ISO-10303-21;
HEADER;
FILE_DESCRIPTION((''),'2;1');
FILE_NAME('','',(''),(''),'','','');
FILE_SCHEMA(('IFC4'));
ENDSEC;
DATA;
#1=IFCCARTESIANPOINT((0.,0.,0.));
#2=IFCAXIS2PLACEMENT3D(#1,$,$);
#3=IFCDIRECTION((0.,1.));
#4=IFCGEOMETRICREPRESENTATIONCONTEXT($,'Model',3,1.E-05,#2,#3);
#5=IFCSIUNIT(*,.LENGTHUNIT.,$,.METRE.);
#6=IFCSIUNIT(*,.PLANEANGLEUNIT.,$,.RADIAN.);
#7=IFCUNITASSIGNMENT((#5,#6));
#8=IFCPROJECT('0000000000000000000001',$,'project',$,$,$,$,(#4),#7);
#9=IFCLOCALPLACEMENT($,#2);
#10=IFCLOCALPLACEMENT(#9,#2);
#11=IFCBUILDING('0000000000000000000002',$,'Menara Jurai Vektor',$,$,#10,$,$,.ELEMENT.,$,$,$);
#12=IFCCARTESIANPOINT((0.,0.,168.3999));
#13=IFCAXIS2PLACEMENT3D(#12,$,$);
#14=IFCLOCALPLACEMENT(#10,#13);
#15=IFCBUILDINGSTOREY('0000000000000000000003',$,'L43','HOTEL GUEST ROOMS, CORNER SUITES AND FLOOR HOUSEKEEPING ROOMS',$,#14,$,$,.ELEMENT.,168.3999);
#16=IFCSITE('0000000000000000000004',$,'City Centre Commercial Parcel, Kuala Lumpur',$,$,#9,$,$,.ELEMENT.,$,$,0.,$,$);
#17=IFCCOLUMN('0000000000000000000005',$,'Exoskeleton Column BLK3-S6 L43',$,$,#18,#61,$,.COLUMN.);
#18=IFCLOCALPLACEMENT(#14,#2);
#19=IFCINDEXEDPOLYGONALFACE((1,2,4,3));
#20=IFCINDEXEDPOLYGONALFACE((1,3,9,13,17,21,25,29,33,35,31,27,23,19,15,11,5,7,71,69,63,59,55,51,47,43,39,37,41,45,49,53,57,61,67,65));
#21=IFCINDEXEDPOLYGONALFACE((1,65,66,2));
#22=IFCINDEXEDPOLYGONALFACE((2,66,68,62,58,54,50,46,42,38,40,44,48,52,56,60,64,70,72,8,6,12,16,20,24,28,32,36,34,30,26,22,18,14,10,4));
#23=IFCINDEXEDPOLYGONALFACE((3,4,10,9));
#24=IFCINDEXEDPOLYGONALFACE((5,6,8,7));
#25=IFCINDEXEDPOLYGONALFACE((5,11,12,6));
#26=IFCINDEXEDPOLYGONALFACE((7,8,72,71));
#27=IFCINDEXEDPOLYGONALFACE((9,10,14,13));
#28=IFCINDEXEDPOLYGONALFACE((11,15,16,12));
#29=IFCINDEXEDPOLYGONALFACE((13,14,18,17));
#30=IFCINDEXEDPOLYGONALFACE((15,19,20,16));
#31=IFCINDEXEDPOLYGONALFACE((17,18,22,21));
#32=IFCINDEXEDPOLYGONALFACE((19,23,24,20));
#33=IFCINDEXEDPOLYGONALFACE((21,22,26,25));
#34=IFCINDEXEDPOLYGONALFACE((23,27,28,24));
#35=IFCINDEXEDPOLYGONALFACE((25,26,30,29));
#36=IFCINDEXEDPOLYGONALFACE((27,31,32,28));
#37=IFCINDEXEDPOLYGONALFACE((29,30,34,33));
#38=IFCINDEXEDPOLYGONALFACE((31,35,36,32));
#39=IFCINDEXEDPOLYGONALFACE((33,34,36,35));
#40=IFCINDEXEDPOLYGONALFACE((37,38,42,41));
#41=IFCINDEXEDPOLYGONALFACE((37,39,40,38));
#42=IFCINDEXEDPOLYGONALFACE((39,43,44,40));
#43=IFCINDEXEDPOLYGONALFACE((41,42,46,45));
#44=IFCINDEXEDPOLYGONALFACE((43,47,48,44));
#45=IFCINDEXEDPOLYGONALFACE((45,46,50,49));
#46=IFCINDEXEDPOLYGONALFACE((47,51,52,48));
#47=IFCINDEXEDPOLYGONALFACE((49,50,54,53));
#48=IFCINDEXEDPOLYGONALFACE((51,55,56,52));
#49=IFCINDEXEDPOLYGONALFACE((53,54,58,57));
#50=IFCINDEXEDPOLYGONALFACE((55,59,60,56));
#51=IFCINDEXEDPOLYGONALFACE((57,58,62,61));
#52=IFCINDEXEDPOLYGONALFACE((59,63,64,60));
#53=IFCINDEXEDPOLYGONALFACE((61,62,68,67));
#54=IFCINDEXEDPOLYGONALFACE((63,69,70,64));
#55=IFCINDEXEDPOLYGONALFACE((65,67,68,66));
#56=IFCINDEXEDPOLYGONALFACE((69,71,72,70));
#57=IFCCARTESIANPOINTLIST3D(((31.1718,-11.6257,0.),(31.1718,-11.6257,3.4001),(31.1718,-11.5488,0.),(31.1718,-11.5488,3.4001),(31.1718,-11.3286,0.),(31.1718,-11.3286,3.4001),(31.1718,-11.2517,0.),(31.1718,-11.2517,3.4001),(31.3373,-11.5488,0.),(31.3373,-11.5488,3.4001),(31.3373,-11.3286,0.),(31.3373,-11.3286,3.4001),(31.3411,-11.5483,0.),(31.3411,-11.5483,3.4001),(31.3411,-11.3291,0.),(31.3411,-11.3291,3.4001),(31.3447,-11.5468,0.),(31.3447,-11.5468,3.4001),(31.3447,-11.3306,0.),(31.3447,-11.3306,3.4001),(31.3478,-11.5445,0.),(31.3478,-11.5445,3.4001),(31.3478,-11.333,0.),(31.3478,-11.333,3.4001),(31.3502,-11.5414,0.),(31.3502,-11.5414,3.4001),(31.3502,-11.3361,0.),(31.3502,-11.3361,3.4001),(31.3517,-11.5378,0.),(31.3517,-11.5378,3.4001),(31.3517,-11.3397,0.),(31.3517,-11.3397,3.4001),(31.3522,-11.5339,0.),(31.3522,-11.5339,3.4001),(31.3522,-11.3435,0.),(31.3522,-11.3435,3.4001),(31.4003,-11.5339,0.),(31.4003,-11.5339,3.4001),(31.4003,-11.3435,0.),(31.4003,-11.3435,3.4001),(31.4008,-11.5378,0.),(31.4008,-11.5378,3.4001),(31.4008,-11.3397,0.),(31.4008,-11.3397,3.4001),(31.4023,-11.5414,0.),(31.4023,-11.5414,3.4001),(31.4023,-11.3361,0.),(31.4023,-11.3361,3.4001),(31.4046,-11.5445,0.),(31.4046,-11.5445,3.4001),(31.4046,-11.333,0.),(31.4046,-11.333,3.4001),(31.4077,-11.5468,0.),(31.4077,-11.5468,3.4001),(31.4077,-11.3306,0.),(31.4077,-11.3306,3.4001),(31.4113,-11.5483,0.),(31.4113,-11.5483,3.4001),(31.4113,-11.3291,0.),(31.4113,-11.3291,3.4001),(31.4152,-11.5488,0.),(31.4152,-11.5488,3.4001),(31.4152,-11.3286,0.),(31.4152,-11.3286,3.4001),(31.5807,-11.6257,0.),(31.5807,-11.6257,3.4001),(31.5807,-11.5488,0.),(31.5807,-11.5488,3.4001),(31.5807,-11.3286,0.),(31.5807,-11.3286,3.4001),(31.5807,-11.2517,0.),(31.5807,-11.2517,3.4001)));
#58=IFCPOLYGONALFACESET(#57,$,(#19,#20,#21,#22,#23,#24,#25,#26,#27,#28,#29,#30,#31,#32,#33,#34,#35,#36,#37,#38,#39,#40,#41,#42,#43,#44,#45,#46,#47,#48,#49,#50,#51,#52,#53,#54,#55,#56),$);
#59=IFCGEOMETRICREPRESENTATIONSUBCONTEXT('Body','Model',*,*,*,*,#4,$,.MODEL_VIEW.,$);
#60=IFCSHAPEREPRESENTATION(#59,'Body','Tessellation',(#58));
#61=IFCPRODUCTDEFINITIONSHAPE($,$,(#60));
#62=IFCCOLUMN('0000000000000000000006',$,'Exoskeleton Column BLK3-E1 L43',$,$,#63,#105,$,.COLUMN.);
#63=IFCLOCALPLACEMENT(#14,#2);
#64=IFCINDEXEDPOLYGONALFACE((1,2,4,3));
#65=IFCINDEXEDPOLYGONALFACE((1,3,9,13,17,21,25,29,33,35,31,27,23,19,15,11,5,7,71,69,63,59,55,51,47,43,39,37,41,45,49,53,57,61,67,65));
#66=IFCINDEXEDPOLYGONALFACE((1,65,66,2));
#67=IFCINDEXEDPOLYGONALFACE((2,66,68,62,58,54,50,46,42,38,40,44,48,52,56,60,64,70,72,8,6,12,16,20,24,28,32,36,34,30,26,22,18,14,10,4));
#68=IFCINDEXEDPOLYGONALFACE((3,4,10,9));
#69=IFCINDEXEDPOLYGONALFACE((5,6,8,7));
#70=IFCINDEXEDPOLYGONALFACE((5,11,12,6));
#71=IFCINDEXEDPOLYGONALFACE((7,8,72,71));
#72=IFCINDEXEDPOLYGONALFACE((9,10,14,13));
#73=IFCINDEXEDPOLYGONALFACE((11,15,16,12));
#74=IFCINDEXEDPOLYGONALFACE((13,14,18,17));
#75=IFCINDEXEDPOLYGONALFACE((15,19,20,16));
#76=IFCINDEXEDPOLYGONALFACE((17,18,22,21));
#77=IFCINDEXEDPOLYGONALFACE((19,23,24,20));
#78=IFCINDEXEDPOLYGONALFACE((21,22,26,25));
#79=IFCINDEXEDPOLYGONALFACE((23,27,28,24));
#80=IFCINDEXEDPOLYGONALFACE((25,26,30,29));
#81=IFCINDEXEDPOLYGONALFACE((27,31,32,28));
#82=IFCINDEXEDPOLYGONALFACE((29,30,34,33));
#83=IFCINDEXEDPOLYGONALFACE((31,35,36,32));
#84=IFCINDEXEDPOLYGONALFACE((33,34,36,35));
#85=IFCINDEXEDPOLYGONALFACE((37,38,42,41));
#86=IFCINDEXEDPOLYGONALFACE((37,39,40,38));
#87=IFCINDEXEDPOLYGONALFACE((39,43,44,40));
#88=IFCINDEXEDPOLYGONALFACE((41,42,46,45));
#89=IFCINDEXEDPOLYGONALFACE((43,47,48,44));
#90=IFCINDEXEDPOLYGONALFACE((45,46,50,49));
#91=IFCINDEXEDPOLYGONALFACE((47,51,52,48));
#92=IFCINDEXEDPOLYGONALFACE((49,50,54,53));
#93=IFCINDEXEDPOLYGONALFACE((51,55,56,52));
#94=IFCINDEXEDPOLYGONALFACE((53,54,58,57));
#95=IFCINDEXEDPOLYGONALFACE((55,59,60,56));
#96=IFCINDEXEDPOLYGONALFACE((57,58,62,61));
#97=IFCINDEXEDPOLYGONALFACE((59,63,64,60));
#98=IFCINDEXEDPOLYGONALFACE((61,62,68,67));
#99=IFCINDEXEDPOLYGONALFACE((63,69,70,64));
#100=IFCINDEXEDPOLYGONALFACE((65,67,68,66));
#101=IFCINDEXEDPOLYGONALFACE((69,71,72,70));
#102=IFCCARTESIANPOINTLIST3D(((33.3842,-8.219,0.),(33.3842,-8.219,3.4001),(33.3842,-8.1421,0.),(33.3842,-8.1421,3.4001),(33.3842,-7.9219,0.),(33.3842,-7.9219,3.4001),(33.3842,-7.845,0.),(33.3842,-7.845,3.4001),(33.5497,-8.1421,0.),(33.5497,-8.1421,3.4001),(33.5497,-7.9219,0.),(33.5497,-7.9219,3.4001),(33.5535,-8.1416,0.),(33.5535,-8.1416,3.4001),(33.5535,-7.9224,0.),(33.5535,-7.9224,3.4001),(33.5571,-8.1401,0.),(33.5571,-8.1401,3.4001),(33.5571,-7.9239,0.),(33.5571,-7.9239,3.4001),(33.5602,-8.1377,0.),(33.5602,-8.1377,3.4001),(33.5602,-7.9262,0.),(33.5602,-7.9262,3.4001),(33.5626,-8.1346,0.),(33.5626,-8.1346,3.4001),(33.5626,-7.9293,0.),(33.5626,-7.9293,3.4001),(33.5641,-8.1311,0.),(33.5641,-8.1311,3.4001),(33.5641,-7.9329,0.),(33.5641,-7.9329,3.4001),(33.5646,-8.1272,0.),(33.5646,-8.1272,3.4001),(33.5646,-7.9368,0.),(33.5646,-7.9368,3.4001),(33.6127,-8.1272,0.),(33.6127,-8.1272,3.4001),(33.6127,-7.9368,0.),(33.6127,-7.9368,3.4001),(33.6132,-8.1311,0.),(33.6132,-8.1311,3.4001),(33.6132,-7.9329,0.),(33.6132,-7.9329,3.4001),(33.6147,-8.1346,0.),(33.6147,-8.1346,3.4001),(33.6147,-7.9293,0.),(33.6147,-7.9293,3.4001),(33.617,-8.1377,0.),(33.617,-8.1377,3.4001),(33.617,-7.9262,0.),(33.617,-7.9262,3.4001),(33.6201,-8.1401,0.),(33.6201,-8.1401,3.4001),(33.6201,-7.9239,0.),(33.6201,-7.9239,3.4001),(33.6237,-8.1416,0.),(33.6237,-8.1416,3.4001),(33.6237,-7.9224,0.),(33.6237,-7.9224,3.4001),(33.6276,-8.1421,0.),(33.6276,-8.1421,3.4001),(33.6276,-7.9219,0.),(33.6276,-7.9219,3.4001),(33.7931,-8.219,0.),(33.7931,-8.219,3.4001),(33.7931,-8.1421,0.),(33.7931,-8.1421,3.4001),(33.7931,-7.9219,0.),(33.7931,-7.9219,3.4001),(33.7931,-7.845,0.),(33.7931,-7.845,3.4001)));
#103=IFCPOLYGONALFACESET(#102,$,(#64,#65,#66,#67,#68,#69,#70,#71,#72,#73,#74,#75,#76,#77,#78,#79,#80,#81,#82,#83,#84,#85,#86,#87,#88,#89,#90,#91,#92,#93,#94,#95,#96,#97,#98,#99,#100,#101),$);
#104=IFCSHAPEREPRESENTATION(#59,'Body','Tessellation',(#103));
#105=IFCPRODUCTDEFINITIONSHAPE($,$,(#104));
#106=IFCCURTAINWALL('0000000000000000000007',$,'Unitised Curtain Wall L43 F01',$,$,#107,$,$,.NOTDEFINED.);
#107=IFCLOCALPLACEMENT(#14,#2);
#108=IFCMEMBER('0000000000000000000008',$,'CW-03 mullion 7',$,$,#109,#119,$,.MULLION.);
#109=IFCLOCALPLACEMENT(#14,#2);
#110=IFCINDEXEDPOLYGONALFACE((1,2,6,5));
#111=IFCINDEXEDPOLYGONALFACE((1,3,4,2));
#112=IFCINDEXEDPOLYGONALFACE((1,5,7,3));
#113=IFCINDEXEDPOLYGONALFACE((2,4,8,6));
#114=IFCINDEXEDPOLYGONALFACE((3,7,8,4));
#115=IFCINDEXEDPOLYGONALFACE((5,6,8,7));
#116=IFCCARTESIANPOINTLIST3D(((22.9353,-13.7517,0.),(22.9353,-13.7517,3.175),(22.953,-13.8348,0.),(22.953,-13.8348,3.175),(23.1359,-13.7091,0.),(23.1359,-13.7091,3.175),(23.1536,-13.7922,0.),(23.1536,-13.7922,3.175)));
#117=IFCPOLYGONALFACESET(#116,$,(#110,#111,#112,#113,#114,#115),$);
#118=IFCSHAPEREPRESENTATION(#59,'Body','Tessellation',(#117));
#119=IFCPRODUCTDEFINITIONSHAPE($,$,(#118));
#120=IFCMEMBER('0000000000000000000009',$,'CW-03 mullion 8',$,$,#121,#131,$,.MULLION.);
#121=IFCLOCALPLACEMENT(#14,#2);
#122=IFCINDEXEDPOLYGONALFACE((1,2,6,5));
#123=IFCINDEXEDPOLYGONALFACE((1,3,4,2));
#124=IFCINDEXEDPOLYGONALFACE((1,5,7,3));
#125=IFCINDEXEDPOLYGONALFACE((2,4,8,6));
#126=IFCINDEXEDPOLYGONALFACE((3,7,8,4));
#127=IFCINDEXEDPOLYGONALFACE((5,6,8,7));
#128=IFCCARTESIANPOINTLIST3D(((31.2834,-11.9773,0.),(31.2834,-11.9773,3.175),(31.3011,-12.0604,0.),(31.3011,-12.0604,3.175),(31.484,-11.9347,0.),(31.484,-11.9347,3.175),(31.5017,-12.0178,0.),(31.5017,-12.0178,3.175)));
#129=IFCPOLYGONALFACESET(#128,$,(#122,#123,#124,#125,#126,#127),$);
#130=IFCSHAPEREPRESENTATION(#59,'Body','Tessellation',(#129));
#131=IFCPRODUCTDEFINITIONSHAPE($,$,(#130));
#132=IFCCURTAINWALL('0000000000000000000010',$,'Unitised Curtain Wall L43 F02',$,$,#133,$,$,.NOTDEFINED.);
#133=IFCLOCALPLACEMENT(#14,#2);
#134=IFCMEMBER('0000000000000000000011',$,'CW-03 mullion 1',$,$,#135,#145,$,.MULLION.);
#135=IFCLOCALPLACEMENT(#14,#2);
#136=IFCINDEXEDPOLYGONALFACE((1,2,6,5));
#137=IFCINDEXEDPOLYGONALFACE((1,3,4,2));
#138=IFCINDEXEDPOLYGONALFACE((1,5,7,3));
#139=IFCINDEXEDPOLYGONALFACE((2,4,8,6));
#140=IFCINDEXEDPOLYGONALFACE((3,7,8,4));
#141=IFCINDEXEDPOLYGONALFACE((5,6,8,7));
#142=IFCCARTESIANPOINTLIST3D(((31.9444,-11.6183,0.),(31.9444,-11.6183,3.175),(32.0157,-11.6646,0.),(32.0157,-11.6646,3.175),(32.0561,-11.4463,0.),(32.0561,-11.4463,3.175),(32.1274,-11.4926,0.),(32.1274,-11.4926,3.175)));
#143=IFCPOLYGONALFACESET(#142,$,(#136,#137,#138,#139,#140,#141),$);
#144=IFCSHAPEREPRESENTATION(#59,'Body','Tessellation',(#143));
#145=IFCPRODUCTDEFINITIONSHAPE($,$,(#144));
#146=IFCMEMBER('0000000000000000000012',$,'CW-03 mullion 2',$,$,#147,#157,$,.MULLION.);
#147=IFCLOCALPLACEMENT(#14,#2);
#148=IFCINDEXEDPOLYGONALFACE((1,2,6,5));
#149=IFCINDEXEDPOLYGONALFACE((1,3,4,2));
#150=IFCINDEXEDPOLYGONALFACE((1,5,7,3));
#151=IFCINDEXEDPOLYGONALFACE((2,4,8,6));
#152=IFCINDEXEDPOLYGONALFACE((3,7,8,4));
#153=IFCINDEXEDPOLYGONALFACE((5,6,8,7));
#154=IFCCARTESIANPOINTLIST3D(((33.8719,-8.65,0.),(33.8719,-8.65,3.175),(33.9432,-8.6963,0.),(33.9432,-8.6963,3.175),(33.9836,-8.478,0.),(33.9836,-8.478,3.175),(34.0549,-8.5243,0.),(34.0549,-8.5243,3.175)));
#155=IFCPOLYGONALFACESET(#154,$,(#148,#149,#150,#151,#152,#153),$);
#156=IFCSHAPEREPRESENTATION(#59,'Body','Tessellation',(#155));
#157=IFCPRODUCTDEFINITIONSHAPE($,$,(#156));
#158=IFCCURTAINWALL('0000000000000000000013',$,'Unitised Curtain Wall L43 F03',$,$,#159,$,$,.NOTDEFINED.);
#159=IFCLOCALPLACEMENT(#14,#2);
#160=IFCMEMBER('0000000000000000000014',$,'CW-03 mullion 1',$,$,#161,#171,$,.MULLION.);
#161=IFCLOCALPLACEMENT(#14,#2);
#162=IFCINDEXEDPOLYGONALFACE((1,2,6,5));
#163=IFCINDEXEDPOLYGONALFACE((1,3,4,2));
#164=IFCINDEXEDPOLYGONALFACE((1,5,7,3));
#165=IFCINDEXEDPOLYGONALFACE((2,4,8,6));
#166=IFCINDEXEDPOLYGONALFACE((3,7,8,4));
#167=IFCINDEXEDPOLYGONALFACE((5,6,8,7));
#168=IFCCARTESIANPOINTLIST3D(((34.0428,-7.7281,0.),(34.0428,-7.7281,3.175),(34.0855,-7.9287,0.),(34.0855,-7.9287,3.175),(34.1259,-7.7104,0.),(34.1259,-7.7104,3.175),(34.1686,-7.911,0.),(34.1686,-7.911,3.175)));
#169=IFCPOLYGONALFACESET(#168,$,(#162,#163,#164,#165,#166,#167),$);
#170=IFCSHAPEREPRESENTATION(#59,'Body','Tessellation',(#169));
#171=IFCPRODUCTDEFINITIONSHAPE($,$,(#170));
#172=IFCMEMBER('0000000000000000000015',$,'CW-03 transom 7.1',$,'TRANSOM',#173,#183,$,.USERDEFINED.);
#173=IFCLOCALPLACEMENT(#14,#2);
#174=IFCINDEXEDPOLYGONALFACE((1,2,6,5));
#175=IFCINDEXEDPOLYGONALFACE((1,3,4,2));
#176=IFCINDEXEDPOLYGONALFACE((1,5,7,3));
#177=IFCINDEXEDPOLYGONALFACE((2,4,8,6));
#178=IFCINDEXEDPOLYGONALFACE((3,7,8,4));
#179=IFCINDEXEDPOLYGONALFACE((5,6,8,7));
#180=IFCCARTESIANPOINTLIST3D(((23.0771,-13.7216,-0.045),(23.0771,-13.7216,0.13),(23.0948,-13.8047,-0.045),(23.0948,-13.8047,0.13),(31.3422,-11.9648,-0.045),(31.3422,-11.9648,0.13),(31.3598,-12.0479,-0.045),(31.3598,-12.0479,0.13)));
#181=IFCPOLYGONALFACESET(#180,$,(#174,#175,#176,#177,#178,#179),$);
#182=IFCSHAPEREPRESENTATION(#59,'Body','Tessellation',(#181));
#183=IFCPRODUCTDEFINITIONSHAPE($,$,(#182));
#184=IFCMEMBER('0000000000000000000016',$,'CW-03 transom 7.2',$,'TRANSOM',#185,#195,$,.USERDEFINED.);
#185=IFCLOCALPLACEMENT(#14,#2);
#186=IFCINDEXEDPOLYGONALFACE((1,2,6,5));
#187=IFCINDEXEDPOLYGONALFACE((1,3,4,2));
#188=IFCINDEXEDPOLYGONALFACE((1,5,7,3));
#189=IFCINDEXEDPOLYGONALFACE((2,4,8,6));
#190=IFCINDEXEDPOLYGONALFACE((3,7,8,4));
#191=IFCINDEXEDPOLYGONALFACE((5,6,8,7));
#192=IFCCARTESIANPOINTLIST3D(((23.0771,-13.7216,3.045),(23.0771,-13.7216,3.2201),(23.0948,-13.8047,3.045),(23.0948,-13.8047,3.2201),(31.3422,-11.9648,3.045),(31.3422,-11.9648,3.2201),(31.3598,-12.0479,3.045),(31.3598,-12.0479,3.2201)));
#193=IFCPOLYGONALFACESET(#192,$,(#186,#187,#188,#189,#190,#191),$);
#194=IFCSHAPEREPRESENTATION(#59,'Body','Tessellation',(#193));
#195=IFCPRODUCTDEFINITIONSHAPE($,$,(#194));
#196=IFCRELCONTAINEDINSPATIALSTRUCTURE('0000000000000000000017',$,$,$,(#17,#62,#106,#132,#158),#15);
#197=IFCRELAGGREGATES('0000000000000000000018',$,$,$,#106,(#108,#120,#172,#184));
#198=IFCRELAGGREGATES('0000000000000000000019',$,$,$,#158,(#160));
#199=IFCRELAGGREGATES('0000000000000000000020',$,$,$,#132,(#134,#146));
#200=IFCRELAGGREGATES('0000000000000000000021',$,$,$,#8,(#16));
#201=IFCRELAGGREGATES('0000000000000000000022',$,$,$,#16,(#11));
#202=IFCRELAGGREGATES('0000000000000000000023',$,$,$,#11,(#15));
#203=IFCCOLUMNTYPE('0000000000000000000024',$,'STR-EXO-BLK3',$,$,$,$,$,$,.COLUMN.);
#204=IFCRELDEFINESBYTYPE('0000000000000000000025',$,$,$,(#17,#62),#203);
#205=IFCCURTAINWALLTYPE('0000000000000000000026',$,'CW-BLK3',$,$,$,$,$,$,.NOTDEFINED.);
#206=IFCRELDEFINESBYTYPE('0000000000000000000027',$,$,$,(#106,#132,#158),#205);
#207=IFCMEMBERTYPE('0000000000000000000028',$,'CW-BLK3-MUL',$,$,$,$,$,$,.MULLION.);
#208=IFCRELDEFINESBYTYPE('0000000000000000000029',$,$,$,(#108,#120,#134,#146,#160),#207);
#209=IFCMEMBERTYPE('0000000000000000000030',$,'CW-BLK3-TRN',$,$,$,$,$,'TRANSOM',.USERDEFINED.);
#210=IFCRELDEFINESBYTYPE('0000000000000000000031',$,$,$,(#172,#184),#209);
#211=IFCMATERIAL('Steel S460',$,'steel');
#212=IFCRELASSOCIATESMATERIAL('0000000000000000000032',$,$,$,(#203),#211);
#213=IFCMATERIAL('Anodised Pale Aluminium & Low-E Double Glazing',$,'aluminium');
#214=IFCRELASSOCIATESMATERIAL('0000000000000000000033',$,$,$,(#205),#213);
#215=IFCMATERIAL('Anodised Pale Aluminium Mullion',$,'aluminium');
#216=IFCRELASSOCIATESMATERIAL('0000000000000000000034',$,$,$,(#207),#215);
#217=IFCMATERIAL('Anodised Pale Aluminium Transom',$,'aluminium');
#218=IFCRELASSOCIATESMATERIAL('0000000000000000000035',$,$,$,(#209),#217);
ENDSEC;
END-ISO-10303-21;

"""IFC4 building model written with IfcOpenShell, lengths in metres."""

from ifc_helpers import new_model, si_unit, direction, frame, origin, origin_2d, place, context, subcontext, project, spatial, rectangle, i_section, extrude, material, material_profile, profile_set, type_object, element, aggregate, save


model = new_model("IFC4")

# Units and contexts
model_context = context("Model", 3, precision=1e-05, world=origin(), true_north=direction((0.0, 1.0)))
body_context = subcontext(model_context, "Body", "Model", "MODEL_VIEW")
ifc_project = project(units=[si_unit("LENGTHUNIT", "METRE"), si_unit("PLANEANGLEUNIT", "RADIAN")], contexts=[model_context])

# Site, building, storey
site_placement = place(None, origin())
site = spatial("IfcSite", under=ifc_project, at=site_placement, Name="City Centre Commercial Parcel, Kuala Lumpur", CompositionType="ELEMENT", RefElevation=0.0)
building_placement = place(site_placement, origin())
building = spatial("IfcBuilding", under=site, at=building_placement, Name="Menara Jurai Vektor", CompositionType="ELEMENT")
storey_placement = place(building_placement, frame((0.0, 0.0, 168.3999)))
storey = spatial("IfcBuildingStorey", under=building, at=storey_placement, Name="L43", Description="HOTEL GUEST ROOMS, CORNER SUITES AND FLOOR HOUSEKEEPING ROOMS", CompositionType="ELEMENT", Elevation=168.3999)

# Columns
ifc_material_1 = material(Name="Steel S460", Category="steel")
ifc_material_profile_1 = material_profile(ifc_material_1, i_section(OverallWidth=0.4089, OverallDepth=0.374, WebThickness=0.0481, FlangeThickness=0.0769, FilletRadius=0.0149, at=origin_2d()), Name="HD 400x634")
ifc_profile_set_1 = profile_set([ifc_material_profile_1], Name="Steel S460")
column_type = type_object("IfcColumnType", Name="STR-EXO-BLK3", PredefinedType="COLUMN", material=ifc_profile_set_1)
for number, where, z_axis, x_axis, name in (
    (1, (31.3762, -11.4387, 0.0), (0.0, 0.0, 1.0), (1.0, 0.0, 0.0), "Exoskeleton Column BLK3-S6 L43"),
    (2, (33.5886, -8.032, 0.0), (0.0, 0.0, 1.0), (1.0, 0.0, 0.0), "Exoskeleton Column BLK3-E1 L43"),
):
    element("IfcColumn", number, at=place(storey_placement, frame(where, z_axis=z_axis, x_axis=x_axis)), inside=storey, type_object=column_type, Name=name, PredefinedType="COLUMN", context=body_context, shape_type="SweptSolid", body=[
        extrude(i_section(OverallWidth=0.4089, OverallDepth=0.374, WebThickness=0.0481, FlangeThickness=0.0769, FilletRadius=0.0149, at=origin_2d()), origin(), (0.0, 0.0, 1.0), 3.4001),
    ])

# Curtain walls, members
ifc_material_2 = material(Name="Anodised Pale Aluminium & Low-E Double Glazing", Category="aluminium")
curtain_wall_type = type_object("IfcCurtainWallType", Name="CW-BLK3", PredefinedType="NOTDEFINED", material=ifc_material_2)
curtain_wall_1_placement = place(storey_placement, origin())
curtain_wall_1 = element("IfcCurtainWall", 3, at=curtain_wall_1_placement, inside=storey, type_object=curtain_wall_type, Name="Unitised Curtain Wall L43 F01", PredefinedType="NOTDEFINED")
ifc_material_3 = material(Name="Anodised Pale Aluminium Mullion", Category="aluminium")
ifc_material_profile_2 = material_profile(ifc_material_3, rectangle(XDim=0.085, YDim=0.2051, at=origin_2d()), Name="ALU MUL 85x205")
ifc_profile_set_2 = profile_set([ifc_material_profile_2], Name="Anodised Pale Aluminium Mullion")
member_type_1 = type_object("IfcMemberType", Name="CW-BLK3-MUL", PredefinedType="MULLION", material=ifc_profile_set_2)
member_1_placement = place(storey_placement, frame((23.0444, -13.772, 0.0), z_axis=(0.0, 0.0, 1.0), x_axis=(-0.207911, 0.978148, 0.0)))
member_1 = element("IfcMember", 4, at=member_1_placement, type_object=member_type_1, Name="CW-03 mullion 7", PredefinedType="MULLION", context=body_context, shape_type="SweptSolid", body=[
    extrude(rectangle(XDim=0.085, YDim=0.2051, at=origin_2d()), origin(), (0.0, 0.0, 1.0), 3.175),
])
member_2_placement = place(storey_placement, frame((31.3926, -11.9976, 0.0), z_axis=(0.0, 0.0, 1.0), x_axis=(-0.207911, 0.978148, 0.0)))
member_2 = element("IfcMember", 5, at=member_2_placement, type_object=member_type_1, Name="CW-03 mullion 8", PredefinedType="MULLION", context=body_context, shape_type="SweptSolid", body=[
    extrude(rectangle(XDim=0.085, YDim=0.2051, at=origin_2d()), origin(), (0.0, 0.0, 1.0), 3.175),
])
curtain_wall_2_placement = place(storey_placement, origin())
curtain_wall_2 = element("IfcCurtainWall", 6, at=curtain_wall_2_placement, inside=storey, type_object=curtain_wall_type, Name="Unitised Curtain Wall L43 F02", PredefinedType="NOTDEFINED")
member_3_placement = place(storey_placement, frame((32.0359, -11.5554, 0.0), z_axis=(0.0, 0.0, 1.0), x_axis=(-0.838684, 0.544618, 0.0)))
member_3 = element("IfcMember", 7, at=member_3_placement, type_object=member_type_1, Name="CW-03 mullion 1", PredefinedType="MULLION", context=body_context, shape_type="SweptSolid", body=[
    extrude(rectangle(XDim=0.085, YDim=0.2051, at=origin_2d()), origin(), (0.0, 0.0, 1.0), 3.175),
])
member_4_placement = place(storey_placement, frame((33.9634, -8.5872, 0.0), z_axis=(0.0, 0.0, 1.0), x_axis=(-0.838684, 0.544618, 0.0)))
member_4 = element("IfcMember", 8, at=member_4_placement, type_object=member_type_1, Name="CW-03 mullion 2", PredefinedType="MULLION", context=body_context, shape_type="SweptSolid", body=[
    extrude(rectangle(XDim=0.085, YDim=0.2051, at=origin_2d()), origin(), (0.0, 0.0, 1.0), 3.175),
])

# Curtain wall, member
curtain_wall_3_placement = place(storey_placement, origin())
curtain_wall_3 = element("IfcCurtainWall", 9, at=curtain_wall_3_placement, inside=storey, type_object=curtain_wall_type, Name="Unitised Curtain Wall L43 F03", PredefinedType="NOTDEFINED")
member_5_placement = place(storey_placement, frame((34.1057, -7.8196, 0.0), z_axis=(0.0, 0.0, 1.0), x_axis=(-0.978148, -0.20791, 0.0)))
member_5 = element("IfcMember", 10, at=member_5_placement, type_object=member_type_1, Name="CW-03 mullion 1", PredefinedType="MULLION", context=body_context, shape_type="SweptSolid", body=[
    extrude(rectangle(XDim=0.085, YDim=0.2051, at=origin_2d()), origin(), (0.0, 0.0, 1.0), 3.175),
])

# Members
ifc_material_4 = material(Name="Anodised Pale Aluminium Transom", Category="aluminium")
ifc_material_profile_3 = material_profile(ifc_material_4, rectangle(XDim=0.085, YDim=0.175, at=origin_2d()), Name="ALU TRN 85x175")
ifc_profile_set_3 = profile_set([ifc_material_profile_3], Name="Anodised Pale Aluminium Transom")
member_type_2 = type_object("IfcMemberType", Name="CW-BLK3-TRN", ElementType="TRANSOM", PredefinedType="USERDEFINED", material=ifc_profile_set_3)
member_6_placement = place(storey_placement, frame((23.0859, -13.7632, 0.0425), z_axis=(0.978147, 0.207915, 0.0), x_axis=(-0.207915, 0.978147, 0.0)))
member_6 = element("IfcMember", 11, at=member_6_placement, type_object=member_type_2, Name="CW-03 transom 7.1", ObjectType="TRANSOM", PredefinedType="USERDEFINED", context=body_context, shape_type="SweptSolid", body=[
    extrude(rectangle(XDim=0.085, YDim=0.175, at=origin_2d()), origin(), (0.0, 0.0, 1.0), 8.4497),
])
member_7_placement = place(storey_placement, frame((23.0859, -13.7632, 3.1326), z_axis=(0.978147, 0.207915, 0.0), x_axis=(-0.207915, 0.978147, 0.0)))
member_7 = element("IfcMember", 12, at=member_7_placement, type_object=member_type_2, Name="CW-03 transom 7.2", ObjectType="TRANSOM", PredefinedType="USERDEFINED", context=body_context, shape_type="SweptSolid", body=[
    extrude(rectangle(XDim=0.085, YDim=0.175, at=origin_2d()), origin(), (0.0, 0.0, 1.0), 8.4497),
])

aggregate(curtain_wall_1, [member_1, member_2, member_6, member_7])
aggregate(curtain_wall_3, [member_5])
aggregate(curtain_wall_2, [member_3, member_4])

save(model, "model.ifc")
